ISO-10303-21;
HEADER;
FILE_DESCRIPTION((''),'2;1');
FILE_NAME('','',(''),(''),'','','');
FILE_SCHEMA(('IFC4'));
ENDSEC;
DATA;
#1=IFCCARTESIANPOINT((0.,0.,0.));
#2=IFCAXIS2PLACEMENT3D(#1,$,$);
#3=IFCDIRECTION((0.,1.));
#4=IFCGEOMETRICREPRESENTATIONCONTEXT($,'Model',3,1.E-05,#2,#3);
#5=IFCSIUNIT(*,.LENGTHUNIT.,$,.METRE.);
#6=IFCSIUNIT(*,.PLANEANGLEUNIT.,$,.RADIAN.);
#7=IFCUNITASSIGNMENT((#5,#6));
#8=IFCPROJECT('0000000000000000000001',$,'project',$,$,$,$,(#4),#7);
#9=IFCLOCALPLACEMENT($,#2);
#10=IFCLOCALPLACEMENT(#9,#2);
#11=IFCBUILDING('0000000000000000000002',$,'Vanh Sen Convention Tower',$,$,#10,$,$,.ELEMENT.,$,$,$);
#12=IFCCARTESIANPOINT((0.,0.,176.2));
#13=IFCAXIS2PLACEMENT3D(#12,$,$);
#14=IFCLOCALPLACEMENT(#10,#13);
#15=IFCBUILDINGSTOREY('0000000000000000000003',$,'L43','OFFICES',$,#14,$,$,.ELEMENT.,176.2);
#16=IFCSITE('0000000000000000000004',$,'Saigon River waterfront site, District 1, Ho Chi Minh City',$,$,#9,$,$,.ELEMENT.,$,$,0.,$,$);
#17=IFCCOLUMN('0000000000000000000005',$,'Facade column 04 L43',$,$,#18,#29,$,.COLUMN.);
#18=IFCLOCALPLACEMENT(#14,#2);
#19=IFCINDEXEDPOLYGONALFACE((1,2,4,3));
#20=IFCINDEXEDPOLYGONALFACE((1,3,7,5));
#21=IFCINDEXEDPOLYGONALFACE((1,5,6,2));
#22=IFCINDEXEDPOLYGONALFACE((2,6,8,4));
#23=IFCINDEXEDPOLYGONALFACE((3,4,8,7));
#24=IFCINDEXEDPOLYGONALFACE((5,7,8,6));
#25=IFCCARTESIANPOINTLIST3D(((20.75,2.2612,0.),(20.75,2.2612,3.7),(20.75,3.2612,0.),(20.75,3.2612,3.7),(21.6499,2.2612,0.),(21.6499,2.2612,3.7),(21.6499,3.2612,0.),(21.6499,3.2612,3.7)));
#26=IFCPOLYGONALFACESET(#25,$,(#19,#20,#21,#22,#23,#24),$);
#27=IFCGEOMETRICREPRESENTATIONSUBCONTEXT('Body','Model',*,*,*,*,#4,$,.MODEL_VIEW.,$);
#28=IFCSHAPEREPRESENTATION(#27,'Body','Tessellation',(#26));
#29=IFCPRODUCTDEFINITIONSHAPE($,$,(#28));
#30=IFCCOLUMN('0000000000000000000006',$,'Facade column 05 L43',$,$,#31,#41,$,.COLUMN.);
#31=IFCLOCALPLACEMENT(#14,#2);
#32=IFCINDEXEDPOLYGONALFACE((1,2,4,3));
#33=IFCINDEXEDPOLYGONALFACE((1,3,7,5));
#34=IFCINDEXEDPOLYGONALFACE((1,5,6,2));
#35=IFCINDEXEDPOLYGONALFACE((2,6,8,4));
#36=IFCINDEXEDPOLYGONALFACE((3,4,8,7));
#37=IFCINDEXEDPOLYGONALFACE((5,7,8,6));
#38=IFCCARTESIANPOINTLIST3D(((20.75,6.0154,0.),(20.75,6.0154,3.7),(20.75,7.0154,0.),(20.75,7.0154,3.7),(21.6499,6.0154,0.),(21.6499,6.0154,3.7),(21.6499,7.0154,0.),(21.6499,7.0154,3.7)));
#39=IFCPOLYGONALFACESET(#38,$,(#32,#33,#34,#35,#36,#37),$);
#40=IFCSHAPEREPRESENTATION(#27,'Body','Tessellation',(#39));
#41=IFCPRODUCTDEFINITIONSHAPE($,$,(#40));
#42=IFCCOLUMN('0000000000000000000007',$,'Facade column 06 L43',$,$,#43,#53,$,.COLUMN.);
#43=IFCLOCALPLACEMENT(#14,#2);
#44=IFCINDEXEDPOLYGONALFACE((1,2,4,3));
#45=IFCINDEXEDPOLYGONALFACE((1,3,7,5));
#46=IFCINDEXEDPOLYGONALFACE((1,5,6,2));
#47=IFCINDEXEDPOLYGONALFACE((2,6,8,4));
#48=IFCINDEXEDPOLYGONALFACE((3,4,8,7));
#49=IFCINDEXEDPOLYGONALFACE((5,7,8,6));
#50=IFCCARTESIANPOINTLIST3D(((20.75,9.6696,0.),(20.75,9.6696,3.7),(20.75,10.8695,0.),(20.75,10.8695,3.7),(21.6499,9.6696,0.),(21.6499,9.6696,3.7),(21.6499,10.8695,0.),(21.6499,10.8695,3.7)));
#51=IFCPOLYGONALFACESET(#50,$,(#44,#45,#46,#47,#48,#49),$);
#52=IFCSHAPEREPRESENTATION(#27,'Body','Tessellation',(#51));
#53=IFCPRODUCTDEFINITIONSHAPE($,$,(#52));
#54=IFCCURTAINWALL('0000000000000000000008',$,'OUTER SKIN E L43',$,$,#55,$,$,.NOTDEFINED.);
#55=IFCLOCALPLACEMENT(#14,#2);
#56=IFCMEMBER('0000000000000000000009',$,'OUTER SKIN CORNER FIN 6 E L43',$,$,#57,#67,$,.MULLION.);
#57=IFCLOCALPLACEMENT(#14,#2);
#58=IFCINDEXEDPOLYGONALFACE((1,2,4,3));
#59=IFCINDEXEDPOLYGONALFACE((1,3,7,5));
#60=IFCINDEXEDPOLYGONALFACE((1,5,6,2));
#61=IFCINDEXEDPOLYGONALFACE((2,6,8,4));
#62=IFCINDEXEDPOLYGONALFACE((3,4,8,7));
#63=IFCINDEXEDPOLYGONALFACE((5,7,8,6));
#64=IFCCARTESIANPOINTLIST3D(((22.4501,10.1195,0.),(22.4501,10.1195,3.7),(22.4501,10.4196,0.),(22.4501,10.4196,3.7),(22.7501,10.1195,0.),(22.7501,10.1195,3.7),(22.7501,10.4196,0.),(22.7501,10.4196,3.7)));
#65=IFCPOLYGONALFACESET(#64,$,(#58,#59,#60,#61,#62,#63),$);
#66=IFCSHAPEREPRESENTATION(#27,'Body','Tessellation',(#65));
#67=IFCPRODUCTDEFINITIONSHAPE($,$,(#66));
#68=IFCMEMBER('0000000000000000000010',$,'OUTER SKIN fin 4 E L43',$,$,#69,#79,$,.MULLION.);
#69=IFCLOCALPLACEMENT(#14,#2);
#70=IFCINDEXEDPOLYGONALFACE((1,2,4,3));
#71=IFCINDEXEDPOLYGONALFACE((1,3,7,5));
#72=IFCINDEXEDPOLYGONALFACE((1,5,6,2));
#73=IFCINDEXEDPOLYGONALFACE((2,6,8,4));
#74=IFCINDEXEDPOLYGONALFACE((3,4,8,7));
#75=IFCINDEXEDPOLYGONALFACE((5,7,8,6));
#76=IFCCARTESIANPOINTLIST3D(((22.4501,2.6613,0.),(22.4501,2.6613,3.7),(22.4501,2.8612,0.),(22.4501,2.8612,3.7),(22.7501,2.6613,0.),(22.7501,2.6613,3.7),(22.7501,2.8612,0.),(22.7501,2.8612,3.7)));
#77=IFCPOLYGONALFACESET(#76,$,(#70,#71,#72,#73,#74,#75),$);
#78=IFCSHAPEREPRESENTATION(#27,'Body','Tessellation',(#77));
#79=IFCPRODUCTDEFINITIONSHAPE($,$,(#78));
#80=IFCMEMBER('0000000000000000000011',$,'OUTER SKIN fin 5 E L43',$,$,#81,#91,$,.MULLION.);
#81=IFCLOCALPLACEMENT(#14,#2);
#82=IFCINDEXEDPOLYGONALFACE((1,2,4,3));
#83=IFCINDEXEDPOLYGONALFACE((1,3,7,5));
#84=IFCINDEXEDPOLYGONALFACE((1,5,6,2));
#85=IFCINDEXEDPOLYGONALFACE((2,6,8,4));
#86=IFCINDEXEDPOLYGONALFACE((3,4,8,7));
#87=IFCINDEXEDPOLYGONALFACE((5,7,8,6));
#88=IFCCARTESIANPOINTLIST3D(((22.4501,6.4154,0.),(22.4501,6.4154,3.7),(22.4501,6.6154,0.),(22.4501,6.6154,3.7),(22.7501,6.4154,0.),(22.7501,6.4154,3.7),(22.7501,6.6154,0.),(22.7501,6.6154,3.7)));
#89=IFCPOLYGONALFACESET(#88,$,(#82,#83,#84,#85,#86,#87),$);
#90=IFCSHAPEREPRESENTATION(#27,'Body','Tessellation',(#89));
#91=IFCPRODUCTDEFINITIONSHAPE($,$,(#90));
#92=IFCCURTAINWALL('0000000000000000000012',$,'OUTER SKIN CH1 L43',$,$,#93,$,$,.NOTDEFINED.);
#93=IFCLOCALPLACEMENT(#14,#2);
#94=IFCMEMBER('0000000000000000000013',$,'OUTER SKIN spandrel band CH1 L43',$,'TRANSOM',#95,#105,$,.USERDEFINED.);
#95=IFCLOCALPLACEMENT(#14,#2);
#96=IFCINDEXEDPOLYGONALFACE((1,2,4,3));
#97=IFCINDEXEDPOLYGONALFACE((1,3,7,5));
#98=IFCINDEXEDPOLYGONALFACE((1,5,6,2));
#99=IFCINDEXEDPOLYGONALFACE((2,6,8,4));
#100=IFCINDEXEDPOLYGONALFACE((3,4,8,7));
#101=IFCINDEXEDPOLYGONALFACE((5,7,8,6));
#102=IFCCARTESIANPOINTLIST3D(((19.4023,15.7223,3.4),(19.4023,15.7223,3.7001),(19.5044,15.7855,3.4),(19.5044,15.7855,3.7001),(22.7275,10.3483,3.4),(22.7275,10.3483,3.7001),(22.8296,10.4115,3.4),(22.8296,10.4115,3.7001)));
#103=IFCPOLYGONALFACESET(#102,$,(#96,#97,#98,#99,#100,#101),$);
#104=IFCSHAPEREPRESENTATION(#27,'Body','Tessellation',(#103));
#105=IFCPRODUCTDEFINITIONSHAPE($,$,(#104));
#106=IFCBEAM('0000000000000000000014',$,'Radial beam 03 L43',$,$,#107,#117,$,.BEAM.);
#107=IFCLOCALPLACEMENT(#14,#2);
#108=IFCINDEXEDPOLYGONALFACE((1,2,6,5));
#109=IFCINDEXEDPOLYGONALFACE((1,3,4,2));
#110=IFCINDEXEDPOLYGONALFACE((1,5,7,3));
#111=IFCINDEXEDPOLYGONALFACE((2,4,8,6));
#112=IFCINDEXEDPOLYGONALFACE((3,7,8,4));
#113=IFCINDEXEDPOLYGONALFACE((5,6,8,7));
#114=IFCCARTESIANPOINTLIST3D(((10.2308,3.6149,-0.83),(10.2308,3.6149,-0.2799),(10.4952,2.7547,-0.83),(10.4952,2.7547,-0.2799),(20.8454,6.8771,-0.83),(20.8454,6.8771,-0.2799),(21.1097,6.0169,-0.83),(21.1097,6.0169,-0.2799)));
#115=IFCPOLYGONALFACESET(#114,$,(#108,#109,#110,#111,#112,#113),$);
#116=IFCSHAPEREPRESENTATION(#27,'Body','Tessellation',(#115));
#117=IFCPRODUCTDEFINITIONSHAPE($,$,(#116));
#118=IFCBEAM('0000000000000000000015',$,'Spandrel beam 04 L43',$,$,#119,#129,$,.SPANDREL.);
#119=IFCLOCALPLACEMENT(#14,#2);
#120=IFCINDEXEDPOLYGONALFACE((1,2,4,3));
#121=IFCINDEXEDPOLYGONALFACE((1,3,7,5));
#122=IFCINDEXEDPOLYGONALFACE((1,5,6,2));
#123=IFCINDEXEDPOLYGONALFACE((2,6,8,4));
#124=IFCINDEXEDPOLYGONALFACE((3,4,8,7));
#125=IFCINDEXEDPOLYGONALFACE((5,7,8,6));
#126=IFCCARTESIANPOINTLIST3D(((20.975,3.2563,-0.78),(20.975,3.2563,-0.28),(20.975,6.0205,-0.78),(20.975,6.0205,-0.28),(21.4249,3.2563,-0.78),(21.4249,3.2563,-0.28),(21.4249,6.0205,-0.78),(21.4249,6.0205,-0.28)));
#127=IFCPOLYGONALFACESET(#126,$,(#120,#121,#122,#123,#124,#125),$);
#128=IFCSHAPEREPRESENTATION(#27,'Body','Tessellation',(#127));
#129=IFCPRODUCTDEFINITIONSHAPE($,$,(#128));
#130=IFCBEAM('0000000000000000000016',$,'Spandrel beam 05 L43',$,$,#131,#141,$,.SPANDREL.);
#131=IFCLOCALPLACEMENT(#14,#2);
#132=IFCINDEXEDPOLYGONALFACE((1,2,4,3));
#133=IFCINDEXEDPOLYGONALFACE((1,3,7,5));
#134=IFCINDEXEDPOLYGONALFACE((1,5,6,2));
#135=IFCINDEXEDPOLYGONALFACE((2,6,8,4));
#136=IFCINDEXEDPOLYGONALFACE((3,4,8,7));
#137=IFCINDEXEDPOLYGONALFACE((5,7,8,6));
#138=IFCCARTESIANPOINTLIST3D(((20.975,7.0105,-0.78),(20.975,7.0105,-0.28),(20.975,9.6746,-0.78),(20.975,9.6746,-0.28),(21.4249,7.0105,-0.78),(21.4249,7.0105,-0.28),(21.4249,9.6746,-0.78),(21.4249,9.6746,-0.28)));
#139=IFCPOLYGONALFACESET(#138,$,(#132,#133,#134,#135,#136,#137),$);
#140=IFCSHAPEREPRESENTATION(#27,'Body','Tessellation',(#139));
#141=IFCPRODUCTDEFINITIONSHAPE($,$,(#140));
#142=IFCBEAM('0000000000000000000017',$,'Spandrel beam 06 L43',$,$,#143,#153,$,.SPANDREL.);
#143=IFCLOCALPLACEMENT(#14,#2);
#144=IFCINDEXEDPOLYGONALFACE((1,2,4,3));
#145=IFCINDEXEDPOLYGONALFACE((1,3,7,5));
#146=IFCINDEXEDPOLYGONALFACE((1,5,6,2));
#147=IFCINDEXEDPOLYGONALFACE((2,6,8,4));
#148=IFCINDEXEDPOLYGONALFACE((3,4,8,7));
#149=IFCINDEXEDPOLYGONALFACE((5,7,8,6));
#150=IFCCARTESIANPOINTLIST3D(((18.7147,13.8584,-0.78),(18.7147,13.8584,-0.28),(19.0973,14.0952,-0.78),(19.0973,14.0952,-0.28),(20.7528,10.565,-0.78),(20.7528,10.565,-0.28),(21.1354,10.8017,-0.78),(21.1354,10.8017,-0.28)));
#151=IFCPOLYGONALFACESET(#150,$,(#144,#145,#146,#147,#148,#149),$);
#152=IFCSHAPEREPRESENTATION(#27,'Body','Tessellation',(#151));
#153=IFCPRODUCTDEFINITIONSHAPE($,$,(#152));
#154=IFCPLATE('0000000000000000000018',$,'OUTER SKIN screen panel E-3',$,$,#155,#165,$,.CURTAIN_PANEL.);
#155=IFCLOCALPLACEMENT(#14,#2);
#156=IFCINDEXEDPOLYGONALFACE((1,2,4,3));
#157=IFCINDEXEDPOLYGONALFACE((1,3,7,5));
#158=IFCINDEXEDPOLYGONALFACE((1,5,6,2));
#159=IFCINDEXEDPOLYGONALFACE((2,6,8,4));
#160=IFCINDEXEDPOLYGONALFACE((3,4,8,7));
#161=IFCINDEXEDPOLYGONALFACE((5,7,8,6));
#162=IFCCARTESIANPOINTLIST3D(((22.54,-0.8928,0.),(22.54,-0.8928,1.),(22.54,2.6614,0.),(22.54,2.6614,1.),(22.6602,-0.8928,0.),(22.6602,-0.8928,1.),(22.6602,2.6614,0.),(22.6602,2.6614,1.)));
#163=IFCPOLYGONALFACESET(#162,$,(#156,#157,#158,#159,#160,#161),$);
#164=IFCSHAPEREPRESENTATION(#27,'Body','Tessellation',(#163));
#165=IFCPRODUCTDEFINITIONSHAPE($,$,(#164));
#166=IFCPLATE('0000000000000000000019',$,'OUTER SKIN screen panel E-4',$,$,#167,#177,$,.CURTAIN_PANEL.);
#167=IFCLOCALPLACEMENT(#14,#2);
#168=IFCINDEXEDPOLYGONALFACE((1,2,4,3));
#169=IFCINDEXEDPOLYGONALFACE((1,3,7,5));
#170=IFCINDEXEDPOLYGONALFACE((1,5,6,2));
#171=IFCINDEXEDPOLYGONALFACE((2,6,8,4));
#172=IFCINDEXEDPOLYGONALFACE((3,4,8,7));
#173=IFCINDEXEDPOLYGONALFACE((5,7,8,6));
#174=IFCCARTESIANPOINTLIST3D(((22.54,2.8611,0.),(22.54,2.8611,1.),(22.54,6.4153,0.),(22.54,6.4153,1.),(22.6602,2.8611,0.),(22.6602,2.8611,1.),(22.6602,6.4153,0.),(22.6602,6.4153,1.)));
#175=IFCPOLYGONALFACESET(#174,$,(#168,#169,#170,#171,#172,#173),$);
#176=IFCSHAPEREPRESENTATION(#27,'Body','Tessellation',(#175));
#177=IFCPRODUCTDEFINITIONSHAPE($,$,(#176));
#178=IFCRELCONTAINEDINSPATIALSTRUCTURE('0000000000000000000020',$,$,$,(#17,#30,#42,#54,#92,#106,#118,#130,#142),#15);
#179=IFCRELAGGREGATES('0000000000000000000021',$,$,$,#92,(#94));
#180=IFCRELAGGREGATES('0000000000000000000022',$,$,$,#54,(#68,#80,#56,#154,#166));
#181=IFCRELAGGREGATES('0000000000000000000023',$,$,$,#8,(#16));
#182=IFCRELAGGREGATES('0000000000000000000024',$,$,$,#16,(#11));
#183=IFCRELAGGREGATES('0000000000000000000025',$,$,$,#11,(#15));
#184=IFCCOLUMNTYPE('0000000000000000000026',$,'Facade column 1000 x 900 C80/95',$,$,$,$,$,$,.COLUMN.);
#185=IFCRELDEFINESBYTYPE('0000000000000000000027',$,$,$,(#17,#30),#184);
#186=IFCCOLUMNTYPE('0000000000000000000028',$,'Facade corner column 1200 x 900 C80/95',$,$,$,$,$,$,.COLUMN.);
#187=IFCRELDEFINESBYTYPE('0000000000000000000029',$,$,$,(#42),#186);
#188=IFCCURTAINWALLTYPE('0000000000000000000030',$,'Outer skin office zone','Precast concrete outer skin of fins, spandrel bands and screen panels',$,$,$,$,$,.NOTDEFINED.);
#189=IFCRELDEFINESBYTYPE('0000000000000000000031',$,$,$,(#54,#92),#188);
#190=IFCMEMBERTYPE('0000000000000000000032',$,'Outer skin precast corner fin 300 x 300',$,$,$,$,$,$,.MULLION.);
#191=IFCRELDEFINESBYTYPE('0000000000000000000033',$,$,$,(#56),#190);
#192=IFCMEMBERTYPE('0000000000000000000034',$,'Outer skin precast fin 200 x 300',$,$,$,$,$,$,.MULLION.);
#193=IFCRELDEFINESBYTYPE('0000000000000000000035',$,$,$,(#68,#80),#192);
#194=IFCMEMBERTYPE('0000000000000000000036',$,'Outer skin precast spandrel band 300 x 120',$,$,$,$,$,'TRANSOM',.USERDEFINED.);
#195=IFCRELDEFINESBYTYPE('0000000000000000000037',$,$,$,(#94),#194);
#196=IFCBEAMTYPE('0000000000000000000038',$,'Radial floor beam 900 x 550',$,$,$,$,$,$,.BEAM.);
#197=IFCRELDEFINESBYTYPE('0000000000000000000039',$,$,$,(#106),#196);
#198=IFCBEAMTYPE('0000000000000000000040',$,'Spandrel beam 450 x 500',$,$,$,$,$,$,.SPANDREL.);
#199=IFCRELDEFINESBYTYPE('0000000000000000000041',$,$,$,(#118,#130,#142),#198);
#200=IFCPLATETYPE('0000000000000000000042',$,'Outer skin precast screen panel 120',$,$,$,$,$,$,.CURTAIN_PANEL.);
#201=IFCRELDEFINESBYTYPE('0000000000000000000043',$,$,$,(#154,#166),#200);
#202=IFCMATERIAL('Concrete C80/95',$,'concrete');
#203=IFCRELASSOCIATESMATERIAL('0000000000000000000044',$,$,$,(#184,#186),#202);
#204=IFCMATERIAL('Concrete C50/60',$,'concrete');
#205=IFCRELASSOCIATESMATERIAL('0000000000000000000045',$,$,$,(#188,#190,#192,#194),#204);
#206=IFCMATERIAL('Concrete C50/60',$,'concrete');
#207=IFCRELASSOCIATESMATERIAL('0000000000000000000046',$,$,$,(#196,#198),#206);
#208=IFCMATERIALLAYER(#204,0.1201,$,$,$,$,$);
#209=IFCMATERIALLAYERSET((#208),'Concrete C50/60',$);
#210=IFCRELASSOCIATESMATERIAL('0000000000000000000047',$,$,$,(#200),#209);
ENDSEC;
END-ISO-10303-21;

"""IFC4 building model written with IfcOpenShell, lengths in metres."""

from ifc_helpers import new_model, si_unit, direction, frame, origin, origin_2d, place, context, subcontext, project, spatial, rectangle, extrude, material, layer, layer_set, material_profile, profile_set, type_object, element, aggregate, save


model = new_model("IFC4")

# Units and contexts
model_context = context("Model", 3, precision=1e-05, world=origin(), true_north=direction((0.0, 1.0)))
body_context = subcontext(model_context, "Body", "Model", "MODEL_VIEW")
ifc_project = project(units=[si_unit("LENGTHUNIT", "METRE"), si_unit("PLANEANGLEUNIT", "RADIAN")], contexts=[model_context])

# Site, building, storey
site_placement = place(None, origin())
site = spatial("IfcSite", under=ifc_project, at=site_placement, Name="Saigon River waterfront site, District 1, Ho Chi Minh City", CompositionType="ELEMENT", RefElevation=0.0)
building_placement = place(site_placement, origin())
building = spatial("IfcBuilding", under=site, at=building_placement, Name="Vanh Sen Convention Tower", CompositionType="ELEMENT")
storey_placement = place(building_placement, frame((0.0, 0.0, 176.2)))
storey = spatial("IfcBuildingStorey", under=building, at=storey_placement, Name="L43", Description="OFFICES", CompositionType="ELEMENT", Elevation=176.2)

# Columns
ifc_material_1 = material(Name="Concrete C80/95", Category="concrete")
ifc_material_profile_1 = material_profile(ifc_material_1, rectangle(XDim=1.0, YDim=0.8999, at=origin_2d()), Name="RC 1000X900")
ifc_profile_set_1 = profile_set([ifc_material_profile_1], Name="Concrete C80/95")
column_type_1 = type_object("IfcColumnType", Name="Facade column 1000 x 900 C80/95", PredefinedType="COLUMN", material=ifc_profile_set_1)
for number, where, z_axis, x_axis, name in (
    (1, (21.2, 2.7612, 0.0), (0.0, 0.0, 1.0), (0.0, 1.0, 0.0), "Facade column 04 L43"),
    (2, (21.2, 6.5154, 0.0), (0.0, 0.0, 1.0), (0.0, 1.0, 0.0), "Facade column 05 L43"),
):
    element("IfcColumn", number, at=place(storey_placement, frame(where, z_axis=z_axis, x_axis=x_axis)), inside=storey, type_object=column_type_1, Name=name, PredefinedType="COLUMN", context=body_context, shape_type="SweptSolid", body=[
        extrude(rectangle(XDim=1.0, YDim=0.8999, at=origin_2d()), origin(), (0.0, 0.0, 1.0), 3.7),
    ])
ifc_material_profile_2 = material_profile(ifc_material_1, rectangle(XDim=1.2, YDim=0.8999, at=origin_2d()), Name="RC 1200X900")
ifc_profile_set_2 = profile_set([ifc_material_profile_2], Name="Concrete C80/95")
column_type_2 = type_object("IfcColumnType", Name="Facade corner column 1200 x 900 C80/95", PredefinedType="COLUMN", material=ifc_profile_set_2)
column_placement = place(storey_placement, frame((21.2, 10.2695, 0.0), z_axis=(0.0, 0.0, 1.0), x_axis=(0.0, 1.0, 0.0)))
element("IfcColumn", 3, at=column_placement, inside=storey, type_object=column_type_2, Name="Facade column 06 L43", PredefinedType="COLUMN", context=body_context, shape_type="SweptSolid", body=[
    extrude(rectangle(XDim=1.2, YDim=0.8999, at=origin_2d()), origin(), (0.0, 0.0, 1.0), 3.7),
])

# Curtain wall, members
ifc_material_2 = material(Name="Concrete C50/60", Category="concrete")
curtain_wall_type = type_object("IfcCurtainWallType", Name="Outer skin office zone", Description="Precast concrete outer skin of fins, spandrel bands and screen panels", PredefinedType="NOTDEFINED", material=ifc_material_2)
curtain_wall_1_placement = place(storey_placement, origin())
curtain_wall_1 = element("IfcCurtainWall", 4, at=curtain_wall_1_placement, inside=storey, type_object=curtain_wall_type, Name="OUTER SKIN E L43", PredefinedType="NOTDEFINED")
ifc_material_profile_3 = material_profile(ifc_material_2, rectangle(XDim=0.3, YDim=0.3, at=origin_2d()), Name="Outer skin precast corner fin 300 x 300")
ifc_profile_set_3 = profile_set([ifc_material_profile_3], Name="Concrete C50/60")
member_type_1 = type_object("IfcMemberType", Name="Outer skin precast corner fin 300 x 300", PredefinedType="MULLION", material=ifc_profile_set_3)
member_1_placement = place(storey_placement, frame((22.6001, 10.2695, 0.0), z_axis=(0.0, 0.0, 1.0), x_axis=(0.0, 1.0, 0.0)))
member_1 = element("IfcMember", 5, at=member_1_placement, type_object=member_type_1, Name="OUTER SKIN CORNER FIN 6 E L43", PredefinedType="MULLION", context=body_context, shape_type="SweptSolid", body=[
    extrude(rectangle(XDim=0.3, YDim=0.3, at=origin_2d()), origin(), (0.0, 0.0, 1.0), 3.7),
])
ifc_material_profile_4 = material_profile(ifc_material_2, rectangle(XDim=0.2, YDim=0.3, at=origin_2d()), Name="Outer skin precast fin 200 x 300")
ifc_profile_set_4 = profile_set([ifc_material_profile_4], Name="Concrete C50/60")
member_type_2 = type_object("IfcMemberType", Name="Outer skin precast fin 200 x 300", PredefinedType="MULLION", material=ifc_profile_set_4)
member_2_placement = place(storey_placement, frame((22.6001, 2.7612, 0.0), z_axis=(0.0, 0.0, 1.0), x_axis=(0.0, 1.0, 0.0)))
member_2 = element("IfcMember", 6, at=member_2_placement, type_object=member_type_2, Name="OUTER SKIN fin 4 E L43", PredefinedType="MULLION", context=body_context, shape_type="SweptSolid", body=[
    extrude(rectangle(XDim=0.2, YDim=0.3, at=origin_2d()), origin(), (0.0, 0.0, 1.0), 3.7),
])
member_3_placement = place(storey_placement, frame((22.6001, 6.5154, 0.0), z_axis=(0.0, 0.0, 1.0), x_axis=(0.0, 1.0, 0.0)))
member_3 = element("IfcMember", 7, at=member_3_placement, type_object=member_type_2, Name="OUTER SKIN fin 5 E L43", PredefinedType="MULLION", context=body_context, shape_type="SweptSolid", body=[
    extrude(rectangle(XDim=0.2, YDim=0.3, at=origin_2d()), origin(), (0.0, 0.0, 1.0), 3.7),
])

# Curtain wall, member
curtain_wall_2_placement = place(storey_placement, origin())
curtain_wall_2 = element("IfcCurtainWall", 8, at=curtain_wall_2_placement, inside=storey, type_object=curtain_wall_type, Name="OUTER SKIN CH1 L43", PredefinedType="NOTDEFINED")
ifc_material_profile_5 = material_profile(ifc_material_2, rectangle(XDim=0.1201, YDim=0.3, at=origin_2d()), Name="Outer skin precast spandrel band 300 x 120")
ifc_profile_set_5 = profile_set([ifc_material_profile_5], Name="Concrete C50/60")
member_type_3 = type_object("IfcMemberType", Name="Outer skin precast spandrel band 300 x 120", ElementType="TRANSOM", PredefinedType="USERDEFINED", material=ifc_profile_set_5)
member_4_placement = place(storey_placement, frame((22.7786, 10.3799, 3.55), z_axis=(-0.526174, 0.850377, 0.0), x_axis=(-0.850377, -0.526174, 0.0)))
member_4 = element("IfcMember", 9, at=member_4_placement, type_object=member_type_3, Name="OUTER SKIN spandrel band CH1 L43", ObjectType="TRANSOM", PredefinedType="USERDEFINED", context=body_context, shape_type="SweptSolid", body=[
    extrude(rectangle(XDim=0.1201, YDim=0.3, at=origin_2d()), origin(), (0.0, 0.0, 1.0), 6.3196),
])
aggregate(curtain_wall_2, [member_4])

# Beams
ifc_material_3 = material(Name="Concrete C50/60", Category="concrete")
ifc_material_profile_6 = material_profile(ifc_material_3, rectangle(XDim=0.8999, YDim=0.55, at=origin_2d()), Name="RC 900X550")
ifc_profile_set_6 = profile_set([ifc_material_profile_6], Name="Concrete C50/60")
beam_type_1 = type_object("IfcBeamType", Name="Radial floor beam 900 x 550", PredefinedType="BEAM", material=ifc_profile_set_6)
beam_1_placement = place(storey_placement, frame((20.9775, 6.447, -0.5549), z_axis=(-0.955875, -0.293774, 0.0), x_axis=(0.293774, -0.955875, 0.0)))
element("IfcBeam", 10, at=beam_1_placement, inside=storey, type_object=beam_type_1, Name="Radial beam 03 L43", PredefinedType="BEAM", context=body_context, shape_type="SweptSolid", body=[
    extrude(rectangle(XDim=0.8999, YDim=0.55, at=origin_2d()), origin(), (0.0, 0.0, 1.0), 11.1045),
])
ifc_material_profile_7 = material_profile(ifc_material_3, rectangle(XDim=0.45, YDim=0.5, at=origin_2d()), Name="RC 450X500")
ifc_profile_set_7 = profile_set([ifc_material_profile_7], Name="Concrete C50/60")
beam_type_2 = type_object("IfcBeamType", Name="Spandrel beam 450 x 500", PredefinedType="SPANDREL", material=ifc_profile_set_7)
beam_2_placement = place(storey_placement, frame((21.2, 3.2563, -0.53), z_axis=(0.0, 1.0, 0.0), x_axis=(-1.0, 0.0, 0.0)))
element("IfcBeam", 11, at=beam_2_placement, inside=storey, type_object=beam_type_2, Name="Spandrel beam 04 L43", PredefinedType="SPANDREL", context=body_context, shape_type="SweptSolid", body=[
    extrude(rectangle(XDim=0.45, YDim=0.5, at=origin_2d()), origin(), (0.0, 0.0, 1.0), 2.7642),
])
beam_3_placement = place(storey_placement, frame((21.2, 7.0105, -0.53), z_axis=(0.0, 1.0, 0.0), x_axis=(-1.0, 0.0, 0.0)))
element("IfcBeam", 12, at=beam_3_placement, inside=storey, type_object=beam_type_2, Name="Spandrel beam 05 L43", PredefinedType="SPANDREL", context=body_context, shape_type="SweptSolid", body=[
    extrude(rectangle(XDim=0.45, YDim=0.5, at=origin_2d()), origin(), (0.0, 0.0, 1.0), 2.6641),
])
beam_4_placement = place(storey_placement, frame((20.9441, 10.6833, -0.53), z_axis=(-0.52622, 0.850348, 0.0), x_axis=(-0.850348, -0.52622, 0.0)))
element("IfcBeam", 13, at=beam_4_placement, inside=storey, type_object=beam_type_2, Name="Spandrel beam 06 L43", PredefinedType="SPANDREL", context=body_context, shape_type="SweptSolid", body=[
    extrude(rectangle(XDim=0.45, YDim=0.5, at=origin_2d()), origin(), (0.0, 0.0, 1.0), 3.873),
])

# Plates
ifc_layer_1 = layer(ifc_material_2, 0.1201)
ifc_layer_set_1 = layer_set([ifc_layer_1], Name="Concrete C50/60")
plate_type = type_object("IfcPlateType", Name="Outer skin precast screen panel 120", PredefinedType="CURTAIN_PANEL", material=ifc_layer_set_1)
plate_1_placement = place(storey_placement, frame((22.6001, 0.8843, 0.0), z_axis=(0.0, 0.0, 1.0), x_axis=(0.0, 1.0, 0.0)))
plate_1 = element("IfcPlate", 14, at=plate_1_placement, type_object=plate_type, Name="OUTER SKIN screen panel E-3", PredefinedType="CURTAIN_PANEL", context=body_context, shape_type="SweptSolid", body=[
    extrude(rectangle(XDim=3.5542, YDim=0.1201, at=origin_2d()), origin(), (0.0, 0.0, 1.0), 1.0),
])
plate_2_placement = place(storey_placement, frame((22.6001, 4.6382, 0.0), z_axis=(0.0, 0.0, 1.0), x_axis=(0.0, 1.0, 0.0)))
plate_2 = element("IfcPlate", 15, at=plate_2_placement, type_object=plate_type, Name="OUTER SKIN screen panel E-4", PredefinedType="CURTAIN_PANEL", context=body_context, shape_type="SweptSolid", body=[
    extrude(rectangle(XDim=3.5542, YDim=0.1201, at=origin_2d()), origin(), (0.0, 0.0, 1.0), 1.0),
])
aggregate(curtain_wall_1, [member_2, member_3, member_1, plate_1, plate_2])

save(model, "model.ifc")
